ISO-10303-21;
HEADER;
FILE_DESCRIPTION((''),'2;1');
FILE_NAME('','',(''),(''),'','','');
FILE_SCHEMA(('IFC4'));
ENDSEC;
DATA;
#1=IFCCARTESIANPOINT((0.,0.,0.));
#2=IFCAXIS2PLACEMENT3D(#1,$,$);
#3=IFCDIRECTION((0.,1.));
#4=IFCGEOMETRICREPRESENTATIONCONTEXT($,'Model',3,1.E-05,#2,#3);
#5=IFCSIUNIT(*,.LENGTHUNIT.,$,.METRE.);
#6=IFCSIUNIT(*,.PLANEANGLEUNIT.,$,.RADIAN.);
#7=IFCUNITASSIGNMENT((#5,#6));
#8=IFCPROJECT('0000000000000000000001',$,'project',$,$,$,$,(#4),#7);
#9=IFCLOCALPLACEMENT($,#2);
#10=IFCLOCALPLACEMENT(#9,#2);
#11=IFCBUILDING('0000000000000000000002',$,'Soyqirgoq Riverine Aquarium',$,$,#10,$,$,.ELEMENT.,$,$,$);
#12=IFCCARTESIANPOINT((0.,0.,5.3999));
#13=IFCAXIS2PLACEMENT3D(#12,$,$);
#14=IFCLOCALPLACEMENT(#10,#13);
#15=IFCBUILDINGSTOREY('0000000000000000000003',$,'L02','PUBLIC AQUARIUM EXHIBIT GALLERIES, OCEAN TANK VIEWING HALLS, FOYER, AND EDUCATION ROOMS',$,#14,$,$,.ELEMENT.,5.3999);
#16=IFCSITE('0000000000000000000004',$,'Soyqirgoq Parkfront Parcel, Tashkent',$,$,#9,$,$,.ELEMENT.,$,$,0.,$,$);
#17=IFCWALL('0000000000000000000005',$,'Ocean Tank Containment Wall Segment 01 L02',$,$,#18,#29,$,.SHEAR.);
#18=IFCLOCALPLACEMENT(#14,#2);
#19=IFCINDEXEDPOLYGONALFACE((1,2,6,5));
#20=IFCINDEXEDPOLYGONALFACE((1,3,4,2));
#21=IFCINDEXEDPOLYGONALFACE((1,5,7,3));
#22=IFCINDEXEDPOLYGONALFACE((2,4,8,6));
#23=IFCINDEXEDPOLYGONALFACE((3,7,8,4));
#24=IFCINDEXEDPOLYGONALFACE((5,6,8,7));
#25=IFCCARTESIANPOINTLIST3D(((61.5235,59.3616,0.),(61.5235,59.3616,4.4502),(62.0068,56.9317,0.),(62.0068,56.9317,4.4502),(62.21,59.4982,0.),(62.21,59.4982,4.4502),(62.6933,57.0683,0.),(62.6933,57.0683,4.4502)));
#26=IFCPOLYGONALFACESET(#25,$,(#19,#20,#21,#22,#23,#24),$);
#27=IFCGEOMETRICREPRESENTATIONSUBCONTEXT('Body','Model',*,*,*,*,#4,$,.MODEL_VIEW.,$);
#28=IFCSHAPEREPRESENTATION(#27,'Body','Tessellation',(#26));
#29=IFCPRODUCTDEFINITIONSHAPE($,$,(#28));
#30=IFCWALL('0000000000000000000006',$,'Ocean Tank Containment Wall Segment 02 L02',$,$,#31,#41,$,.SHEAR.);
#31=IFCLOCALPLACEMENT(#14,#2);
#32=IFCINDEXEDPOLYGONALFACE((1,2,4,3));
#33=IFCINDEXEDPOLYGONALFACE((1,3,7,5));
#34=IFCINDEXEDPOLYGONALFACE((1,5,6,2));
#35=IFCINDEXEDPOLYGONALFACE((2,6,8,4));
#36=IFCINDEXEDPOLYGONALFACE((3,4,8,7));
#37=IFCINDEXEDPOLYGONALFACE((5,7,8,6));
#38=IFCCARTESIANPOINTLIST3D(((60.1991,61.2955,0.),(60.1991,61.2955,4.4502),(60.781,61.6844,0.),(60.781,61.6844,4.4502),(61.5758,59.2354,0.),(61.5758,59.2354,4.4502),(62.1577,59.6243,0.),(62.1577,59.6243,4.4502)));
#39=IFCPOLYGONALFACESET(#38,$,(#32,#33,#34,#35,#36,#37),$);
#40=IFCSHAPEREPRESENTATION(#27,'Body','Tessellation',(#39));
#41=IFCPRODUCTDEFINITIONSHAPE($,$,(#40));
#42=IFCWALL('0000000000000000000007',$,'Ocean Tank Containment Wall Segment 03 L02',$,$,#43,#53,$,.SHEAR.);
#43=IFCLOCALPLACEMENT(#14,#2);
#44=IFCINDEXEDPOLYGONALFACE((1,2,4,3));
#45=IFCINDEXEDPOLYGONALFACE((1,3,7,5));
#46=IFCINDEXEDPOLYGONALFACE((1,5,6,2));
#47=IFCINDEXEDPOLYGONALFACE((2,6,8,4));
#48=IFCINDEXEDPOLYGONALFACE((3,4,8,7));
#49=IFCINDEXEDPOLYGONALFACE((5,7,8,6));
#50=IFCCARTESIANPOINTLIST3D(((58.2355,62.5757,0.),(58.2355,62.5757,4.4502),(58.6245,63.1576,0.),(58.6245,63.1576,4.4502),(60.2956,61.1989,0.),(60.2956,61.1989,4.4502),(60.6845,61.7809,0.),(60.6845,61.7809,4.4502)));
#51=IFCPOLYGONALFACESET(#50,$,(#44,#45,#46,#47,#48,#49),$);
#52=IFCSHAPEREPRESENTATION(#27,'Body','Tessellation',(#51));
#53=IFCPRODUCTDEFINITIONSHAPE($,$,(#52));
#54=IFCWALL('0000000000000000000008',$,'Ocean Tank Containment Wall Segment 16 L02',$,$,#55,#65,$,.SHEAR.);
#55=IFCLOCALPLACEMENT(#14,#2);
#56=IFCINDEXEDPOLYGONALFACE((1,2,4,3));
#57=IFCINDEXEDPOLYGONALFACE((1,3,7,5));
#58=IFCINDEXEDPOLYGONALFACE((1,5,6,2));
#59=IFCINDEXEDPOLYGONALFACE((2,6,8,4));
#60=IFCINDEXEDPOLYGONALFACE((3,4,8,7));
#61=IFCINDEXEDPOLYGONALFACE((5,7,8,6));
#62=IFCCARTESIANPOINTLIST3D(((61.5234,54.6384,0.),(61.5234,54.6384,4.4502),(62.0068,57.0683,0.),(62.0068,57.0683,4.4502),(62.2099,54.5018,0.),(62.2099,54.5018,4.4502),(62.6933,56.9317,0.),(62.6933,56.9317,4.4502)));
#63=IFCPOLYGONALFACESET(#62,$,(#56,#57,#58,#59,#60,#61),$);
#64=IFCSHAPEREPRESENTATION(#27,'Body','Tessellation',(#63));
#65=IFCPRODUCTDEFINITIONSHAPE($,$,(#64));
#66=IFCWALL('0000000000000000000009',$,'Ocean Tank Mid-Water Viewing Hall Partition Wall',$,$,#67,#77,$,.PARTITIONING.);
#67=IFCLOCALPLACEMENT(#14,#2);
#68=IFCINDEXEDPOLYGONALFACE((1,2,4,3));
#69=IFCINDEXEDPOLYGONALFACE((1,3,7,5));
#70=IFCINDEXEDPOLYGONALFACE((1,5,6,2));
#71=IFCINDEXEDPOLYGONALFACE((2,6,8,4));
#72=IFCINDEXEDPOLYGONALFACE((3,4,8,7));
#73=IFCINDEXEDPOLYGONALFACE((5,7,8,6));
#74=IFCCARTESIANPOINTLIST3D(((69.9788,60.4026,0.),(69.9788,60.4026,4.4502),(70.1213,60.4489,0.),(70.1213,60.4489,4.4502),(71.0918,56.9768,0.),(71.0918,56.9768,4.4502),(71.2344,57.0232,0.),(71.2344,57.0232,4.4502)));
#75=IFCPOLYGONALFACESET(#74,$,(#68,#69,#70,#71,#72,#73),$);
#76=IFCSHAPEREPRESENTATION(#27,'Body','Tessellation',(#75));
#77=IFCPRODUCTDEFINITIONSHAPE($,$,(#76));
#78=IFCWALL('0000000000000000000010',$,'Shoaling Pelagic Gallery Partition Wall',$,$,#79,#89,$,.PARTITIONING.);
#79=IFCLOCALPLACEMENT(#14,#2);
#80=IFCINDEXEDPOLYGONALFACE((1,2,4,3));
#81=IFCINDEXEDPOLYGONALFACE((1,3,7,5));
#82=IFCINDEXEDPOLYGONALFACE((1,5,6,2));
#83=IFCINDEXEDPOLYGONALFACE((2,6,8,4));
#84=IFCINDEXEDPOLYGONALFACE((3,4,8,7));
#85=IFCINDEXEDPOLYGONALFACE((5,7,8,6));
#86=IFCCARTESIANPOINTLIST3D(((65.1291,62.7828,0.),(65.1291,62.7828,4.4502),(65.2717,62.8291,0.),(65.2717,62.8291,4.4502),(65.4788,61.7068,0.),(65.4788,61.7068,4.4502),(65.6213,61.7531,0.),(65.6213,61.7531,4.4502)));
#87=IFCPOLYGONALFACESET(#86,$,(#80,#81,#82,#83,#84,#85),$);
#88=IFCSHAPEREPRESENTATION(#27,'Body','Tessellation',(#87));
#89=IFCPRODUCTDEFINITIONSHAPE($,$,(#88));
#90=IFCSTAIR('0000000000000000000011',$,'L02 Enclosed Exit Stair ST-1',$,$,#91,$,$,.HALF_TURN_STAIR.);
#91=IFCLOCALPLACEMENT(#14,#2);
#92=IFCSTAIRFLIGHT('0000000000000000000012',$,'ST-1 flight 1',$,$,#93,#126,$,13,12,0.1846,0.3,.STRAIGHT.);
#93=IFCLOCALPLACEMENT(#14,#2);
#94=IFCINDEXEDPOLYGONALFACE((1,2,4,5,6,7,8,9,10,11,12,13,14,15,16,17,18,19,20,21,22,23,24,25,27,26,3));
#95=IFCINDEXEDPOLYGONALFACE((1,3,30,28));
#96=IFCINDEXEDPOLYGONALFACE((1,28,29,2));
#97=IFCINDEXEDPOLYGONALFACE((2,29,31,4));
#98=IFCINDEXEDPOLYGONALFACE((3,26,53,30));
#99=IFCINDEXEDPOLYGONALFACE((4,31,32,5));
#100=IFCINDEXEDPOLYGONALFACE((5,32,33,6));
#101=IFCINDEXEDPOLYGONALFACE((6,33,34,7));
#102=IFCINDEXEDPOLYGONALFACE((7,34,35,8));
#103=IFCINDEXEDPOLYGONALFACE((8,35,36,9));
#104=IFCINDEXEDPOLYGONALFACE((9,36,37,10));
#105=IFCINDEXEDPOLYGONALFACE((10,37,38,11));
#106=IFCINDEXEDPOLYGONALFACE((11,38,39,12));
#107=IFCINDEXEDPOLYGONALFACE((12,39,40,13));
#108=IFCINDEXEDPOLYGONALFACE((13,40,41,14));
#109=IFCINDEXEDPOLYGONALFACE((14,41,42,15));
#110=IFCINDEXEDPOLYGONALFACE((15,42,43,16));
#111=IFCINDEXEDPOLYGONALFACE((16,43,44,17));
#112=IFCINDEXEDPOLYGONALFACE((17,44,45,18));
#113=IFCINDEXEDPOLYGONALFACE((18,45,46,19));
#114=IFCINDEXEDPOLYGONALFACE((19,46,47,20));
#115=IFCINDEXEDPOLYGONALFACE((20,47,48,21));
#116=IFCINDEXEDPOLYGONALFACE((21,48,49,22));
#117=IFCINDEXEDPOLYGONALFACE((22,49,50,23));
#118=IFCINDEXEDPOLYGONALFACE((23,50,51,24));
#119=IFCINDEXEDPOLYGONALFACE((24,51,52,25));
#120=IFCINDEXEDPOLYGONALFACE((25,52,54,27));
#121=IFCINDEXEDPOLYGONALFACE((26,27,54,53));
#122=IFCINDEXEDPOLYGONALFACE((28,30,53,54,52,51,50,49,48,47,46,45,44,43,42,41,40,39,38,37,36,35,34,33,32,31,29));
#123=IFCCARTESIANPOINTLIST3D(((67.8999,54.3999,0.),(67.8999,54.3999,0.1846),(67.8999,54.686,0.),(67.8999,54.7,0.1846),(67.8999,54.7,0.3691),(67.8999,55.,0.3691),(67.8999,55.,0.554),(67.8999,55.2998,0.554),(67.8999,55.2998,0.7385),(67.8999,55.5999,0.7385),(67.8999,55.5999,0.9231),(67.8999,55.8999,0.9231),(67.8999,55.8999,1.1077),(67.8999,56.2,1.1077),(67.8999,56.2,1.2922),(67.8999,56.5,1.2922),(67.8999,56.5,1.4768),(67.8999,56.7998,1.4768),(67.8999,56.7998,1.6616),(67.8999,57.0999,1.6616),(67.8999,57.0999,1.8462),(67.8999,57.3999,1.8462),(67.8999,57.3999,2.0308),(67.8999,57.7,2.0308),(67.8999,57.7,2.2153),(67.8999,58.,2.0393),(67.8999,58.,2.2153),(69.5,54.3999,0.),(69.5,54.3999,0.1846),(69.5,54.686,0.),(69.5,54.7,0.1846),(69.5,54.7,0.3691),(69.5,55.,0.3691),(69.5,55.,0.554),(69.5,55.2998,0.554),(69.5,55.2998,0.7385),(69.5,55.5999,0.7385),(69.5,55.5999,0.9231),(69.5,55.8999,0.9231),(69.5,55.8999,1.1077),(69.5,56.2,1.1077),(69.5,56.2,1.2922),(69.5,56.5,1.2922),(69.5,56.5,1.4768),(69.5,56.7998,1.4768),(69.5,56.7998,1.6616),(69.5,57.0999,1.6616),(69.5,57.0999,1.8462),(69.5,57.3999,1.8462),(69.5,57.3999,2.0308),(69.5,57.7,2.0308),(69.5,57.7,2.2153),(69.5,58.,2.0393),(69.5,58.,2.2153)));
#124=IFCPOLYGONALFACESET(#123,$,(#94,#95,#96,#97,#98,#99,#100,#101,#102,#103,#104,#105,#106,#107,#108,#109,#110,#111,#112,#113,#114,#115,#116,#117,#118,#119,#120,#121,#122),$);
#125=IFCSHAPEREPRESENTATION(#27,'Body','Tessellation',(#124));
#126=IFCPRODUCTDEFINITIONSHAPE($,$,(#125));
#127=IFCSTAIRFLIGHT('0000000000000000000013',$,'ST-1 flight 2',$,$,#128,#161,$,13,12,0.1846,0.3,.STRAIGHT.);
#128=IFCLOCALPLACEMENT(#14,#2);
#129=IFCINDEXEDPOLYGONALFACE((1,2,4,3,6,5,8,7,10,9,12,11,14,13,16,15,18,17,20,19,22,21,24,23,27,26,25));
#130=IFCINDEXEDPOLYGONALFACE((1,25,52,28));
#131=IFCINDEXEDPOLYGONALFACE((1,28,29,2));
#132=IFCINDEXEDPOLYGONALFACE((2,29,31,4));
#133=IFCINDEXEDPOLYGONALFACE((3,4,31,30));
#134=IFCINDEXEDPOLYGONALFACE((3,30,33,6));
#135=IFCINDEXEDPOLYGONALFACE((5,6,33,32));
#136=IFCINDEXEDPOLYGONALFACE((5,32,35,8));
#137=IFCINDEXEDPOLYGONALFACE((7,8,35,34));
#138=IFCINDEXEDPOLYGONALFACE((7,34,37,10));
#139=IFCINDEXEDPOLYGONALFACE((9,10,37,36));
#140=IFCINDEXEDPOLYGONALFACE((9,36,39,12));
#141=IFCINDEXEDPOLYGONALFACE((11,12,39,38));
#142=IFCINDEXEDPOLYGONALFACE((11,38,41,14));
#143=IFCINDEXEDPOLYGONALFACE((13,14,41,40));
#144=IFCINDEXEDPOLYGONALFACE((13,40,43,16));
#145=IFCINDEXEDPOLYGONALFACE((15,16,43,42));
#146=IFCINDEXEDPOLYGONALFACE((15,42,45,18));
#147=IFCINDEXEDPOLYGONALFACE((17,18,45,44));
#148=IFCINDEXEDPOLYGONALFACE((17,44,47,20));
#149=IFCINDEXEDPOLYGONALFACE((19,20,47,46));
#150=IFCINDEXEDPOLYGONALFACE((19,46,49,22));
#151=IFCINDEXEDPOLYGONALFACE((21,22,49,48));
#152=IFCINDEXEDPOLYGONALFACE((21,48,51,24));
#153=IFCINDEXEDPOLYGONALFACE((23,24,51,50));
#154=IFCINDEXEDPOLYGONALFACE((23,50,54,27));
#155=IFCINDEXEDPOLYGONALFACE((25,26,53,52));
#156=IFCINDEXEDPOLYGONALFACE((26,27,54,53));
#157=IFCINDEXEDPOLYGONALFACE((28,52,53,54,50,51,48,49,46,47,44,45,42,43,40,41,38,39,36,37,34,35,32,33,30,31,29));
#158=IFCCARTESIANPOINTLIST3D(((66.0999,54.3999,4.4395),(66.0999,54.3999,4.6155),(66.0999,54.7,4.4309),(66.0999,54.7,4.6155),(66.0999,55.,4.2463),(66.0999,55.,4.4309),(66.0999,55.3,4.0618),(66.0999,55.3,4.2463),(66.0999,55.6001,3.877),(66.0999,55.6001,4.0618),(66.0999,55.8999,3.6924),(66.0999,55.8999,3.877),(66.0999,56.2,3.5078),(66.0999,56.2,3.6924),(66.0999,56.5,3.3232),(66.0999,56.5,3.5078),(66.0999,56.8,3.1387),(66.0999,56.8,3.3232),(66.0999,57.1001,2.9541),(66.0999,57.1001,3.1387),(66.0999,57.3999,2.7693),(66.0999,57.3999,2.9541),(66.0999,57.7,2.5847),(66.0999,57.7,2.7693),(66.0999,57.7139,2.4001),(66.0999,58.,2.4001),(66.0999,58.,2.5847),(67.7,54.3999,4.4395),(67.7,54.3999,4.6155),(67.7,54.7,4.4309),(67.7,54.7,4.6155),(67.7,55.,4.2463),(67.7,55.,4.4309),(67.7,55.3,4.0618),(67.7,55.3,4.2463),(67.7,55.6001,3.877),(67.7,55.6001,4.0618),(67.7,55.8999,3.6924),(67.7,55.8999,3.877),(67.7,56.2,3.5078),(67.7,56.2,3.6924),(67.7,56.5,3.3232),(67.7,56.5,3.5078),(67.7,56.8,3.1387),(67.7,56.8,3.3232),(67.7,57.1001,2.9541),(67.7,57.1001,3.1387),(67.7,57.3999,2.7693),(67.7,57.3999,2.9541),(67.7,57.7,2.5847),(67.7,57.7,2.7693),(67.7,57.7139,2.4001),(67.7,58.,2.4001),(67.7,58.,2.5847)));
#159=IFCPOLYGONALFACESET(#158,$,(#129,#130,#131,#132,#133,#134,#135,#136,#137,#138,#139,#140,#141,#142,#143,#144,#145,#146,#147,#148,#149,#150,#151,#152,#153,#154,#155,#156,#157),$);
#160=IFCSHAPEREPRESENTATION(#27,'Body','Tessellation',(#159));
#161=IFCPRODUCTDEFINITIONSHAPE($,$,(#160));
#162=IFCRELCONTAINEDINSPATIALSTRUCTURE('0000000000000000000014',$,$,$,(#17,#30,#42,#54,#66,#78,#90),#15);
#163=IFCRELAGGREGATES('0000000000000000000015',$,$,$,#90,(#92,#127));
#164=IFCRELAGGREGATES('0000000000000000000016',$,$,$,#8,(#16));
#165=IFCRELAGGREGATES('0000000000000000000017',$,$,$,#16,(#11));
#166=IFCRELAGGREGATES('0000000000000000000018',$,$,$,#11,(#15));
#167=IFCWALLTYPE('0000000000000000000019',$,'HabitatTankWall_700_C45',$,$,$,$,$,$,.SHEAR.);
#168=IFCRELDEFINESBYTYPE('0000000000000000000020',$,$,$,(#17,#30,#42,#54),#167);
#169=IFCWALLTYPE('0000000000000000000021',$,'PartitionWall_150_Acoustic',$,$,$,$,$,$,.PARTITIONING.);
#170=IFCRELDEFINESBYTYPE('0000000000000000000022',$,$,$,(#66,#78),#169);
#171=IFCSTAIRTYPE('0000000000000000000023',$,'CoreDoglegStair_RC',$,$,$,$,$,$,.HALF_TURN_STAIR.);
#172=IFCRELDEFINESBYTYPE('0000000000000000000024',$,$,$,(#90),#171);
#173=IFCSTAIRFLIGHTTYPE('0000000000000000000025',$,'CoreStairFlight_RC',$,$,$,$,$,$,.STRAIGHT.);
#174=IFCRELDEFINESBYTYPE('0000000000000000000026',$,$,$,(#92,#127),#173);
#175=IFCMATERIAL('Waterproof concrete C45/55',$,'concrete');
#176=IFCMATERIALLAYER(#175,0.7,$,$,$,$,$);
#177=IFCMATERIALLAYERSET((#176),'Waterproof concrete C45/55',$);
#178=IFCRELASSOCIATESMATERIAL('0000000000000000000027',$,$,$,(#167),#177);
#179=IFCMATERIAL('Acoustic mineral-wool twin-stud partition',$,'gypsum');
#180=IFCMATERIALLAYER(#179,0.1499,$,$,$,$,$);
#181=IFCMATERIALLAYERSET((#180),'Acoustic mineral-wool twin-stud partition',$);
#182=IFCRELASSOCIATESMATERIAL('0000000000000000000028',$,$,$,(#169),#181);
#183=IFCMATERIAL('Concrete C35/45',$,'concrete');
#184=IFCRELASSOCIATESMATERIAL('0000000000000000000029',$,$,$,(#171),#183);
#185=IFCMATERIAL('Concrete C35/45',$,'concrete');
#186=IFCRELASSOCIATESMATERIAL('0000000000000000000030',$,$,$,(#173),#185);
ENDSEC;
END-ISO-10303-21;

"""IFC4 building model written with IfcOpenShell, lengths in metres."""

from ifc_helpers import new_model, si_unit, direction, frame, frame_2d, origin, place, context, subcontext, project, spatial, polyline, rectangle, outline, extrude, material, layer, layer_set, type_object, element, aggregate, save


model = new_model("IFC4")

# Units and contexts
model_context = context("Model", 3, precision=1e-05, world=origin(), true_north=direction((0.0, 1.0)))
body_context = subcontext(model_context, "Body", "Model", "MODEL_VIEW")
ifc_project = project(units=[si_unit("LENGTHUNIT", "METRE"), si_unit("PLANEANGLEUNIT", "RADIAN")], contexts=[model_context])

# Site, building, storey
site_placement = place(None, origin())
site = spatial("IfcSite", under=ifc_project, at=site_placement, Name="Soyqirgoq Parkfront Parcel, Tashkent", CompositionType="ELEMENT", RefElevation=0.0)
building_placement = place(site_placement, origin())
building = spatial("IfcBuilding", under=site, at=building_placement, Name="Soyqirgoq Riverine Aquarium", CompositionType="ELEMENT")
storey_placement = place(building_placement, frame((0.0, 0.0, 5.3999)))
storey = spatial("IfcBuildingStorey", under=building, at=storey_placement, Name="L02", Description="PUBLIC AQUARIUM EXHIBIT GALLERIES, OCEAN TANK VIEWING HALLS, FOYER, AND EDUCATION ROOMS", CompositionType="ELEMENT", Elevation=5.3999)

# Walls
ifc_material_1 = material(Name="Waterproof concrete C45/55", Category="concrete")
ifc_layer_1 = layer(ifc_material_1, 0.7)
ifc_layer_set_1 = layer_set([ifc_layer_1], Name="Waterproof concrete C45/55")
wall_type_1 = type_object("IfcWallType", Name="HabitatTankWall_700_C45", PredefinedType="SHEAR", material=ifc_layer_set_1)
wall_1_placement = place(storey_placement, frame((62.3501, 57.0, 0.0), z_axis=(0.0, 0.0, 1.0), x_axis=(-0.195112, 0.980781, 0.0)))
element("IfcWall", 1, at=wall_1_placement, inside=storey, type_object=wall_type_1, Name="Ocean Tank Containment Wall Segment 01 L02", PredefinedType="SHEAR", context=body_context, shape_type="SweptSolid", body=[
    extrude(rectangle(XDim=2.4775, YDim=0.7, at=frame_2d((1.2388, 0.0))), origin(), (0.0, 0.0, 1.0), 4.4502),
])
for number, where, z_axis, x_axis, name in (
    (2, (61.8667, 59.4299, 0.0), (0.0, 0.0, 1.0), (-0.555632, 0.831428, 0.0), "Ocean Tank Containment Wall Segment 02 L02"),
    (3, (60.49, 61.49, 0.0), (0.0, 0.0, 1.0), (-0.831428, 0.555632, 0.0), "Ocean Tank Containment Wall Segment 03 L02"),
):
    element("IfcWall", number, at=place(storey_placement, frame(where, z_axis=z_axis, x_axis=x_axis)), inside=storey, type_object=wall_type_1, Name=name, PredefinedType="SHEAR", context=body_context, shape_type="SweptSolid", body=[
        extrude(rectangle(XDim=2.4778, YDim=0.7, at=frame_2d((1.2388, 0.0))), origin(), (0.0, 0.0, 1.0), 4.4502),
    ])
wall_2_placement = place(storey_placement, frame((61.8667, 54.5701, 0.0), z_axis=(0.0, 0.0, 1.0), x_axis=(0.195112, 0.980781, 0.0)))
element("IfcWall", 4, at=wall_2_placement, inside=storey, type_object=wall_type_1, Name="Ocean Tank Containment Wall Segment 16 L02", PredefinedType="SHEAR", context=body_context, shape_type="SweptSolid", body=[
    extrude(rectangle(XDim=2.4775, YDim=0.7, at=frame_2d((1.2388, 0.0))), origin(), (0.0, 0.0, 1.0), 4.4502),
])
ifc_material_2 = material(Name="Acoustic mineral-wool twin-stud partition", Category="gypsum")
ifc_layer_2 = layer(ifc_material_2, 0.1499)
ifc_layer_set_2 = layer_set([ifc_layer_2], Name="Acoustic mineral-wool twin-stud partition")
wall_type_2 = type_object("IfcWallType", Name="PartitionWall_150_Acoustic", PredefinedType="PARTITIONING", material=ifc_layer_set_2)
wall_3_placement = place(storey_placement, frame((70.05, 60.4258, 0.0), z_axis=(0.0, 0.0, 1.0), x_axis=(0.309, -0.951062, 0.0)))
element("IfcWall", 5, at=wall_3_placement, inside=storey, type_object=wall_type_2, Name="Ocean Tank Mid-Water Viewing Hall Partition Wall", PredefinedType="PARTITIONING", context=body_context, shape_type="SweptSolid", body=[
    extrude(rectangle(XDim=3.6021, YDim=0.1499, at=frame_2d((1.801, 0.0))), origin(), (0.0, 0.0, 1.0), 4.4502),
])
wall_4_placement = place(storey_placement, frame((65.55, 61.73, 0.0), z_axis=(0.0, 0.0, 1.0), x_axis=(-0.309032, 0.951052, 0.0)))
element("IfcWall", 6, at=wall_4_placement, inside=storey, type_object=wall_type_2, Name="Shoaling Pelagic Gallery Partition Wall", PredefinedType="PARTITIONING", context=body_context, shape_type="SweptSolid", body=[
    extrude(rectangle(XDim=1.1313, YDim=0.1499, at=frame_2d((0.5657, 0.0))), origin(), (0.0, 0.0, 1.0), 4.4502),
])

# Stair, stair flights
ifc_material_3 = material(Name="Concrete C35/45", Category="concrete")
stair_type = type_object("IfcStairType", Name="CoreDoglegStair_RC", PredefinedType="HALF_TURN_STAIR", material=ifc_material_3)
stair_placement = place(storey_placement, origin())
stair = element("IfcStair", 7, at=stair_placement, inside=storey, type_object=stair_type, Name="L02 Enclosed Exit Stair ST-1", PredefinedType="HALF_TURN_STAIR")
ifc_material_4 = material(Name="Concrete C35/45", Category="concrete")
stair_flight_type = type_object("IfcStairFlightType", Name="CoreStairFlight_RC", PredefinedType="STRAIGHT", material=ifc_material_4)
stair_flight_1_placement = place(storey_placement, frame((68.7, 54.3999, 0.0), z_axis=(0.0, 0.0, 1.0), x_axis=(0.0, 1.0, 0.0)))
stair_flight_1 = element("IfcStairFlight", 8, at=stair_flight_1_placement, type_object=stair_flight_type, Name="ST-1 flight 1", NumberOfRisers=13, NumberOfTreads=12, PredefinedType="STRAIGHT", RiserHeight=0.1846, TreadLength=0.3, context=body_context, shape_type="SweptSolid", body=[
    extrude(outline(polyline([(0.0, 0.0), (0.0, 0.1846), (0.3, 0.1846), (0.3, 0.3691), (0.6001, 0.3691), (0.6001, 0.554), (0.8999, 0.554), (0.8999, 0.7385), (1.2, 0.7385), (1.2, 0.9231), (1.5, 0.9231), (1.5, 1.1077), (1.8, 1.1077), (1.8, 1.2922), (2.1001, 1.2922), (2.1001, 1.4768), (2.3999, 1.4768), (2.3999, 1.6616), (2.7, 1.6616), (2.7, 1.8462), (3.0, 1.8462), (3.0, 2.0308), (3.3, 2.0308), (3.3, 2.2153), (3.6001, 2.2153), (3.6001, 2.3999), (3.6001, 2.0393), (0.2861, 0.0), (0.0, 0.0)])), frame((0.0, 0.8, 0.0), z_axis=(0.0, -1.0, 0.0), x_axis=(1.0, 0.0, 0.0)), (0.0, 0.0, 1.0), 1.6001),
])
stair_flight_2_placement = place(storey_placement, frame((66.8999, 58.0, 2.4001), z_axis=(0.0, 0.0, 1.0), x_axis=(0.0, -1.0, 0.0)))
stair_flight_2 = element("IfcStairFlight", 9, at=stair_flight_2_placement, type_object=stair_flight_type, Name="ST-1 flight 2", NumberOfRisers=13, NumberOfTreads=12, PredefinedType="STRAIGHT", RiserHeight=0.1846, TreadLength=0.3, context=body_context, shape_type="SweptSolid", body=[
    extrude(outline(polyline([(0.0, 0.0), (0.0, 0.1846), (0.3, 0.1846), (0.3, 0.3691), (0.6001, 0.3691), (0.6001, 0.554), (0.8999, 0.554), (0.8999, 0.7385), (1.2, 0.7385), (1.2, 0.9231), (1.5, 0.9231), (1.5, 1.1077), (1.8, 1.1077), (1.8, 1.2922), (2.1001, 1.2922), (2.1001, 1.4768), (2.3999, 1.4768), (2.3999, 1.6616), (2.7, 1.6616), (2.7, 1.8462), (3.0, 1.8462), (3.0, 2.0308), (3.3, 2.0308), (3.3, 2.2153), (3.6001, 2.2153), (3.6001, 2.3999), (3.6001, 2.0393), (0.2861, 0.0), (0.0, 0.0)])), frame((0.0, 0.8, 0.0), z_axis=(0.0, -1.0, 0.0), x_axis=(1.0, 0.0, 0.0)), (0.0, 0.0, 1.0), 1.6001),
])
aggregate(stair, [stair_flight_1, stair_flight_2])

save(model, "model.ifc")
